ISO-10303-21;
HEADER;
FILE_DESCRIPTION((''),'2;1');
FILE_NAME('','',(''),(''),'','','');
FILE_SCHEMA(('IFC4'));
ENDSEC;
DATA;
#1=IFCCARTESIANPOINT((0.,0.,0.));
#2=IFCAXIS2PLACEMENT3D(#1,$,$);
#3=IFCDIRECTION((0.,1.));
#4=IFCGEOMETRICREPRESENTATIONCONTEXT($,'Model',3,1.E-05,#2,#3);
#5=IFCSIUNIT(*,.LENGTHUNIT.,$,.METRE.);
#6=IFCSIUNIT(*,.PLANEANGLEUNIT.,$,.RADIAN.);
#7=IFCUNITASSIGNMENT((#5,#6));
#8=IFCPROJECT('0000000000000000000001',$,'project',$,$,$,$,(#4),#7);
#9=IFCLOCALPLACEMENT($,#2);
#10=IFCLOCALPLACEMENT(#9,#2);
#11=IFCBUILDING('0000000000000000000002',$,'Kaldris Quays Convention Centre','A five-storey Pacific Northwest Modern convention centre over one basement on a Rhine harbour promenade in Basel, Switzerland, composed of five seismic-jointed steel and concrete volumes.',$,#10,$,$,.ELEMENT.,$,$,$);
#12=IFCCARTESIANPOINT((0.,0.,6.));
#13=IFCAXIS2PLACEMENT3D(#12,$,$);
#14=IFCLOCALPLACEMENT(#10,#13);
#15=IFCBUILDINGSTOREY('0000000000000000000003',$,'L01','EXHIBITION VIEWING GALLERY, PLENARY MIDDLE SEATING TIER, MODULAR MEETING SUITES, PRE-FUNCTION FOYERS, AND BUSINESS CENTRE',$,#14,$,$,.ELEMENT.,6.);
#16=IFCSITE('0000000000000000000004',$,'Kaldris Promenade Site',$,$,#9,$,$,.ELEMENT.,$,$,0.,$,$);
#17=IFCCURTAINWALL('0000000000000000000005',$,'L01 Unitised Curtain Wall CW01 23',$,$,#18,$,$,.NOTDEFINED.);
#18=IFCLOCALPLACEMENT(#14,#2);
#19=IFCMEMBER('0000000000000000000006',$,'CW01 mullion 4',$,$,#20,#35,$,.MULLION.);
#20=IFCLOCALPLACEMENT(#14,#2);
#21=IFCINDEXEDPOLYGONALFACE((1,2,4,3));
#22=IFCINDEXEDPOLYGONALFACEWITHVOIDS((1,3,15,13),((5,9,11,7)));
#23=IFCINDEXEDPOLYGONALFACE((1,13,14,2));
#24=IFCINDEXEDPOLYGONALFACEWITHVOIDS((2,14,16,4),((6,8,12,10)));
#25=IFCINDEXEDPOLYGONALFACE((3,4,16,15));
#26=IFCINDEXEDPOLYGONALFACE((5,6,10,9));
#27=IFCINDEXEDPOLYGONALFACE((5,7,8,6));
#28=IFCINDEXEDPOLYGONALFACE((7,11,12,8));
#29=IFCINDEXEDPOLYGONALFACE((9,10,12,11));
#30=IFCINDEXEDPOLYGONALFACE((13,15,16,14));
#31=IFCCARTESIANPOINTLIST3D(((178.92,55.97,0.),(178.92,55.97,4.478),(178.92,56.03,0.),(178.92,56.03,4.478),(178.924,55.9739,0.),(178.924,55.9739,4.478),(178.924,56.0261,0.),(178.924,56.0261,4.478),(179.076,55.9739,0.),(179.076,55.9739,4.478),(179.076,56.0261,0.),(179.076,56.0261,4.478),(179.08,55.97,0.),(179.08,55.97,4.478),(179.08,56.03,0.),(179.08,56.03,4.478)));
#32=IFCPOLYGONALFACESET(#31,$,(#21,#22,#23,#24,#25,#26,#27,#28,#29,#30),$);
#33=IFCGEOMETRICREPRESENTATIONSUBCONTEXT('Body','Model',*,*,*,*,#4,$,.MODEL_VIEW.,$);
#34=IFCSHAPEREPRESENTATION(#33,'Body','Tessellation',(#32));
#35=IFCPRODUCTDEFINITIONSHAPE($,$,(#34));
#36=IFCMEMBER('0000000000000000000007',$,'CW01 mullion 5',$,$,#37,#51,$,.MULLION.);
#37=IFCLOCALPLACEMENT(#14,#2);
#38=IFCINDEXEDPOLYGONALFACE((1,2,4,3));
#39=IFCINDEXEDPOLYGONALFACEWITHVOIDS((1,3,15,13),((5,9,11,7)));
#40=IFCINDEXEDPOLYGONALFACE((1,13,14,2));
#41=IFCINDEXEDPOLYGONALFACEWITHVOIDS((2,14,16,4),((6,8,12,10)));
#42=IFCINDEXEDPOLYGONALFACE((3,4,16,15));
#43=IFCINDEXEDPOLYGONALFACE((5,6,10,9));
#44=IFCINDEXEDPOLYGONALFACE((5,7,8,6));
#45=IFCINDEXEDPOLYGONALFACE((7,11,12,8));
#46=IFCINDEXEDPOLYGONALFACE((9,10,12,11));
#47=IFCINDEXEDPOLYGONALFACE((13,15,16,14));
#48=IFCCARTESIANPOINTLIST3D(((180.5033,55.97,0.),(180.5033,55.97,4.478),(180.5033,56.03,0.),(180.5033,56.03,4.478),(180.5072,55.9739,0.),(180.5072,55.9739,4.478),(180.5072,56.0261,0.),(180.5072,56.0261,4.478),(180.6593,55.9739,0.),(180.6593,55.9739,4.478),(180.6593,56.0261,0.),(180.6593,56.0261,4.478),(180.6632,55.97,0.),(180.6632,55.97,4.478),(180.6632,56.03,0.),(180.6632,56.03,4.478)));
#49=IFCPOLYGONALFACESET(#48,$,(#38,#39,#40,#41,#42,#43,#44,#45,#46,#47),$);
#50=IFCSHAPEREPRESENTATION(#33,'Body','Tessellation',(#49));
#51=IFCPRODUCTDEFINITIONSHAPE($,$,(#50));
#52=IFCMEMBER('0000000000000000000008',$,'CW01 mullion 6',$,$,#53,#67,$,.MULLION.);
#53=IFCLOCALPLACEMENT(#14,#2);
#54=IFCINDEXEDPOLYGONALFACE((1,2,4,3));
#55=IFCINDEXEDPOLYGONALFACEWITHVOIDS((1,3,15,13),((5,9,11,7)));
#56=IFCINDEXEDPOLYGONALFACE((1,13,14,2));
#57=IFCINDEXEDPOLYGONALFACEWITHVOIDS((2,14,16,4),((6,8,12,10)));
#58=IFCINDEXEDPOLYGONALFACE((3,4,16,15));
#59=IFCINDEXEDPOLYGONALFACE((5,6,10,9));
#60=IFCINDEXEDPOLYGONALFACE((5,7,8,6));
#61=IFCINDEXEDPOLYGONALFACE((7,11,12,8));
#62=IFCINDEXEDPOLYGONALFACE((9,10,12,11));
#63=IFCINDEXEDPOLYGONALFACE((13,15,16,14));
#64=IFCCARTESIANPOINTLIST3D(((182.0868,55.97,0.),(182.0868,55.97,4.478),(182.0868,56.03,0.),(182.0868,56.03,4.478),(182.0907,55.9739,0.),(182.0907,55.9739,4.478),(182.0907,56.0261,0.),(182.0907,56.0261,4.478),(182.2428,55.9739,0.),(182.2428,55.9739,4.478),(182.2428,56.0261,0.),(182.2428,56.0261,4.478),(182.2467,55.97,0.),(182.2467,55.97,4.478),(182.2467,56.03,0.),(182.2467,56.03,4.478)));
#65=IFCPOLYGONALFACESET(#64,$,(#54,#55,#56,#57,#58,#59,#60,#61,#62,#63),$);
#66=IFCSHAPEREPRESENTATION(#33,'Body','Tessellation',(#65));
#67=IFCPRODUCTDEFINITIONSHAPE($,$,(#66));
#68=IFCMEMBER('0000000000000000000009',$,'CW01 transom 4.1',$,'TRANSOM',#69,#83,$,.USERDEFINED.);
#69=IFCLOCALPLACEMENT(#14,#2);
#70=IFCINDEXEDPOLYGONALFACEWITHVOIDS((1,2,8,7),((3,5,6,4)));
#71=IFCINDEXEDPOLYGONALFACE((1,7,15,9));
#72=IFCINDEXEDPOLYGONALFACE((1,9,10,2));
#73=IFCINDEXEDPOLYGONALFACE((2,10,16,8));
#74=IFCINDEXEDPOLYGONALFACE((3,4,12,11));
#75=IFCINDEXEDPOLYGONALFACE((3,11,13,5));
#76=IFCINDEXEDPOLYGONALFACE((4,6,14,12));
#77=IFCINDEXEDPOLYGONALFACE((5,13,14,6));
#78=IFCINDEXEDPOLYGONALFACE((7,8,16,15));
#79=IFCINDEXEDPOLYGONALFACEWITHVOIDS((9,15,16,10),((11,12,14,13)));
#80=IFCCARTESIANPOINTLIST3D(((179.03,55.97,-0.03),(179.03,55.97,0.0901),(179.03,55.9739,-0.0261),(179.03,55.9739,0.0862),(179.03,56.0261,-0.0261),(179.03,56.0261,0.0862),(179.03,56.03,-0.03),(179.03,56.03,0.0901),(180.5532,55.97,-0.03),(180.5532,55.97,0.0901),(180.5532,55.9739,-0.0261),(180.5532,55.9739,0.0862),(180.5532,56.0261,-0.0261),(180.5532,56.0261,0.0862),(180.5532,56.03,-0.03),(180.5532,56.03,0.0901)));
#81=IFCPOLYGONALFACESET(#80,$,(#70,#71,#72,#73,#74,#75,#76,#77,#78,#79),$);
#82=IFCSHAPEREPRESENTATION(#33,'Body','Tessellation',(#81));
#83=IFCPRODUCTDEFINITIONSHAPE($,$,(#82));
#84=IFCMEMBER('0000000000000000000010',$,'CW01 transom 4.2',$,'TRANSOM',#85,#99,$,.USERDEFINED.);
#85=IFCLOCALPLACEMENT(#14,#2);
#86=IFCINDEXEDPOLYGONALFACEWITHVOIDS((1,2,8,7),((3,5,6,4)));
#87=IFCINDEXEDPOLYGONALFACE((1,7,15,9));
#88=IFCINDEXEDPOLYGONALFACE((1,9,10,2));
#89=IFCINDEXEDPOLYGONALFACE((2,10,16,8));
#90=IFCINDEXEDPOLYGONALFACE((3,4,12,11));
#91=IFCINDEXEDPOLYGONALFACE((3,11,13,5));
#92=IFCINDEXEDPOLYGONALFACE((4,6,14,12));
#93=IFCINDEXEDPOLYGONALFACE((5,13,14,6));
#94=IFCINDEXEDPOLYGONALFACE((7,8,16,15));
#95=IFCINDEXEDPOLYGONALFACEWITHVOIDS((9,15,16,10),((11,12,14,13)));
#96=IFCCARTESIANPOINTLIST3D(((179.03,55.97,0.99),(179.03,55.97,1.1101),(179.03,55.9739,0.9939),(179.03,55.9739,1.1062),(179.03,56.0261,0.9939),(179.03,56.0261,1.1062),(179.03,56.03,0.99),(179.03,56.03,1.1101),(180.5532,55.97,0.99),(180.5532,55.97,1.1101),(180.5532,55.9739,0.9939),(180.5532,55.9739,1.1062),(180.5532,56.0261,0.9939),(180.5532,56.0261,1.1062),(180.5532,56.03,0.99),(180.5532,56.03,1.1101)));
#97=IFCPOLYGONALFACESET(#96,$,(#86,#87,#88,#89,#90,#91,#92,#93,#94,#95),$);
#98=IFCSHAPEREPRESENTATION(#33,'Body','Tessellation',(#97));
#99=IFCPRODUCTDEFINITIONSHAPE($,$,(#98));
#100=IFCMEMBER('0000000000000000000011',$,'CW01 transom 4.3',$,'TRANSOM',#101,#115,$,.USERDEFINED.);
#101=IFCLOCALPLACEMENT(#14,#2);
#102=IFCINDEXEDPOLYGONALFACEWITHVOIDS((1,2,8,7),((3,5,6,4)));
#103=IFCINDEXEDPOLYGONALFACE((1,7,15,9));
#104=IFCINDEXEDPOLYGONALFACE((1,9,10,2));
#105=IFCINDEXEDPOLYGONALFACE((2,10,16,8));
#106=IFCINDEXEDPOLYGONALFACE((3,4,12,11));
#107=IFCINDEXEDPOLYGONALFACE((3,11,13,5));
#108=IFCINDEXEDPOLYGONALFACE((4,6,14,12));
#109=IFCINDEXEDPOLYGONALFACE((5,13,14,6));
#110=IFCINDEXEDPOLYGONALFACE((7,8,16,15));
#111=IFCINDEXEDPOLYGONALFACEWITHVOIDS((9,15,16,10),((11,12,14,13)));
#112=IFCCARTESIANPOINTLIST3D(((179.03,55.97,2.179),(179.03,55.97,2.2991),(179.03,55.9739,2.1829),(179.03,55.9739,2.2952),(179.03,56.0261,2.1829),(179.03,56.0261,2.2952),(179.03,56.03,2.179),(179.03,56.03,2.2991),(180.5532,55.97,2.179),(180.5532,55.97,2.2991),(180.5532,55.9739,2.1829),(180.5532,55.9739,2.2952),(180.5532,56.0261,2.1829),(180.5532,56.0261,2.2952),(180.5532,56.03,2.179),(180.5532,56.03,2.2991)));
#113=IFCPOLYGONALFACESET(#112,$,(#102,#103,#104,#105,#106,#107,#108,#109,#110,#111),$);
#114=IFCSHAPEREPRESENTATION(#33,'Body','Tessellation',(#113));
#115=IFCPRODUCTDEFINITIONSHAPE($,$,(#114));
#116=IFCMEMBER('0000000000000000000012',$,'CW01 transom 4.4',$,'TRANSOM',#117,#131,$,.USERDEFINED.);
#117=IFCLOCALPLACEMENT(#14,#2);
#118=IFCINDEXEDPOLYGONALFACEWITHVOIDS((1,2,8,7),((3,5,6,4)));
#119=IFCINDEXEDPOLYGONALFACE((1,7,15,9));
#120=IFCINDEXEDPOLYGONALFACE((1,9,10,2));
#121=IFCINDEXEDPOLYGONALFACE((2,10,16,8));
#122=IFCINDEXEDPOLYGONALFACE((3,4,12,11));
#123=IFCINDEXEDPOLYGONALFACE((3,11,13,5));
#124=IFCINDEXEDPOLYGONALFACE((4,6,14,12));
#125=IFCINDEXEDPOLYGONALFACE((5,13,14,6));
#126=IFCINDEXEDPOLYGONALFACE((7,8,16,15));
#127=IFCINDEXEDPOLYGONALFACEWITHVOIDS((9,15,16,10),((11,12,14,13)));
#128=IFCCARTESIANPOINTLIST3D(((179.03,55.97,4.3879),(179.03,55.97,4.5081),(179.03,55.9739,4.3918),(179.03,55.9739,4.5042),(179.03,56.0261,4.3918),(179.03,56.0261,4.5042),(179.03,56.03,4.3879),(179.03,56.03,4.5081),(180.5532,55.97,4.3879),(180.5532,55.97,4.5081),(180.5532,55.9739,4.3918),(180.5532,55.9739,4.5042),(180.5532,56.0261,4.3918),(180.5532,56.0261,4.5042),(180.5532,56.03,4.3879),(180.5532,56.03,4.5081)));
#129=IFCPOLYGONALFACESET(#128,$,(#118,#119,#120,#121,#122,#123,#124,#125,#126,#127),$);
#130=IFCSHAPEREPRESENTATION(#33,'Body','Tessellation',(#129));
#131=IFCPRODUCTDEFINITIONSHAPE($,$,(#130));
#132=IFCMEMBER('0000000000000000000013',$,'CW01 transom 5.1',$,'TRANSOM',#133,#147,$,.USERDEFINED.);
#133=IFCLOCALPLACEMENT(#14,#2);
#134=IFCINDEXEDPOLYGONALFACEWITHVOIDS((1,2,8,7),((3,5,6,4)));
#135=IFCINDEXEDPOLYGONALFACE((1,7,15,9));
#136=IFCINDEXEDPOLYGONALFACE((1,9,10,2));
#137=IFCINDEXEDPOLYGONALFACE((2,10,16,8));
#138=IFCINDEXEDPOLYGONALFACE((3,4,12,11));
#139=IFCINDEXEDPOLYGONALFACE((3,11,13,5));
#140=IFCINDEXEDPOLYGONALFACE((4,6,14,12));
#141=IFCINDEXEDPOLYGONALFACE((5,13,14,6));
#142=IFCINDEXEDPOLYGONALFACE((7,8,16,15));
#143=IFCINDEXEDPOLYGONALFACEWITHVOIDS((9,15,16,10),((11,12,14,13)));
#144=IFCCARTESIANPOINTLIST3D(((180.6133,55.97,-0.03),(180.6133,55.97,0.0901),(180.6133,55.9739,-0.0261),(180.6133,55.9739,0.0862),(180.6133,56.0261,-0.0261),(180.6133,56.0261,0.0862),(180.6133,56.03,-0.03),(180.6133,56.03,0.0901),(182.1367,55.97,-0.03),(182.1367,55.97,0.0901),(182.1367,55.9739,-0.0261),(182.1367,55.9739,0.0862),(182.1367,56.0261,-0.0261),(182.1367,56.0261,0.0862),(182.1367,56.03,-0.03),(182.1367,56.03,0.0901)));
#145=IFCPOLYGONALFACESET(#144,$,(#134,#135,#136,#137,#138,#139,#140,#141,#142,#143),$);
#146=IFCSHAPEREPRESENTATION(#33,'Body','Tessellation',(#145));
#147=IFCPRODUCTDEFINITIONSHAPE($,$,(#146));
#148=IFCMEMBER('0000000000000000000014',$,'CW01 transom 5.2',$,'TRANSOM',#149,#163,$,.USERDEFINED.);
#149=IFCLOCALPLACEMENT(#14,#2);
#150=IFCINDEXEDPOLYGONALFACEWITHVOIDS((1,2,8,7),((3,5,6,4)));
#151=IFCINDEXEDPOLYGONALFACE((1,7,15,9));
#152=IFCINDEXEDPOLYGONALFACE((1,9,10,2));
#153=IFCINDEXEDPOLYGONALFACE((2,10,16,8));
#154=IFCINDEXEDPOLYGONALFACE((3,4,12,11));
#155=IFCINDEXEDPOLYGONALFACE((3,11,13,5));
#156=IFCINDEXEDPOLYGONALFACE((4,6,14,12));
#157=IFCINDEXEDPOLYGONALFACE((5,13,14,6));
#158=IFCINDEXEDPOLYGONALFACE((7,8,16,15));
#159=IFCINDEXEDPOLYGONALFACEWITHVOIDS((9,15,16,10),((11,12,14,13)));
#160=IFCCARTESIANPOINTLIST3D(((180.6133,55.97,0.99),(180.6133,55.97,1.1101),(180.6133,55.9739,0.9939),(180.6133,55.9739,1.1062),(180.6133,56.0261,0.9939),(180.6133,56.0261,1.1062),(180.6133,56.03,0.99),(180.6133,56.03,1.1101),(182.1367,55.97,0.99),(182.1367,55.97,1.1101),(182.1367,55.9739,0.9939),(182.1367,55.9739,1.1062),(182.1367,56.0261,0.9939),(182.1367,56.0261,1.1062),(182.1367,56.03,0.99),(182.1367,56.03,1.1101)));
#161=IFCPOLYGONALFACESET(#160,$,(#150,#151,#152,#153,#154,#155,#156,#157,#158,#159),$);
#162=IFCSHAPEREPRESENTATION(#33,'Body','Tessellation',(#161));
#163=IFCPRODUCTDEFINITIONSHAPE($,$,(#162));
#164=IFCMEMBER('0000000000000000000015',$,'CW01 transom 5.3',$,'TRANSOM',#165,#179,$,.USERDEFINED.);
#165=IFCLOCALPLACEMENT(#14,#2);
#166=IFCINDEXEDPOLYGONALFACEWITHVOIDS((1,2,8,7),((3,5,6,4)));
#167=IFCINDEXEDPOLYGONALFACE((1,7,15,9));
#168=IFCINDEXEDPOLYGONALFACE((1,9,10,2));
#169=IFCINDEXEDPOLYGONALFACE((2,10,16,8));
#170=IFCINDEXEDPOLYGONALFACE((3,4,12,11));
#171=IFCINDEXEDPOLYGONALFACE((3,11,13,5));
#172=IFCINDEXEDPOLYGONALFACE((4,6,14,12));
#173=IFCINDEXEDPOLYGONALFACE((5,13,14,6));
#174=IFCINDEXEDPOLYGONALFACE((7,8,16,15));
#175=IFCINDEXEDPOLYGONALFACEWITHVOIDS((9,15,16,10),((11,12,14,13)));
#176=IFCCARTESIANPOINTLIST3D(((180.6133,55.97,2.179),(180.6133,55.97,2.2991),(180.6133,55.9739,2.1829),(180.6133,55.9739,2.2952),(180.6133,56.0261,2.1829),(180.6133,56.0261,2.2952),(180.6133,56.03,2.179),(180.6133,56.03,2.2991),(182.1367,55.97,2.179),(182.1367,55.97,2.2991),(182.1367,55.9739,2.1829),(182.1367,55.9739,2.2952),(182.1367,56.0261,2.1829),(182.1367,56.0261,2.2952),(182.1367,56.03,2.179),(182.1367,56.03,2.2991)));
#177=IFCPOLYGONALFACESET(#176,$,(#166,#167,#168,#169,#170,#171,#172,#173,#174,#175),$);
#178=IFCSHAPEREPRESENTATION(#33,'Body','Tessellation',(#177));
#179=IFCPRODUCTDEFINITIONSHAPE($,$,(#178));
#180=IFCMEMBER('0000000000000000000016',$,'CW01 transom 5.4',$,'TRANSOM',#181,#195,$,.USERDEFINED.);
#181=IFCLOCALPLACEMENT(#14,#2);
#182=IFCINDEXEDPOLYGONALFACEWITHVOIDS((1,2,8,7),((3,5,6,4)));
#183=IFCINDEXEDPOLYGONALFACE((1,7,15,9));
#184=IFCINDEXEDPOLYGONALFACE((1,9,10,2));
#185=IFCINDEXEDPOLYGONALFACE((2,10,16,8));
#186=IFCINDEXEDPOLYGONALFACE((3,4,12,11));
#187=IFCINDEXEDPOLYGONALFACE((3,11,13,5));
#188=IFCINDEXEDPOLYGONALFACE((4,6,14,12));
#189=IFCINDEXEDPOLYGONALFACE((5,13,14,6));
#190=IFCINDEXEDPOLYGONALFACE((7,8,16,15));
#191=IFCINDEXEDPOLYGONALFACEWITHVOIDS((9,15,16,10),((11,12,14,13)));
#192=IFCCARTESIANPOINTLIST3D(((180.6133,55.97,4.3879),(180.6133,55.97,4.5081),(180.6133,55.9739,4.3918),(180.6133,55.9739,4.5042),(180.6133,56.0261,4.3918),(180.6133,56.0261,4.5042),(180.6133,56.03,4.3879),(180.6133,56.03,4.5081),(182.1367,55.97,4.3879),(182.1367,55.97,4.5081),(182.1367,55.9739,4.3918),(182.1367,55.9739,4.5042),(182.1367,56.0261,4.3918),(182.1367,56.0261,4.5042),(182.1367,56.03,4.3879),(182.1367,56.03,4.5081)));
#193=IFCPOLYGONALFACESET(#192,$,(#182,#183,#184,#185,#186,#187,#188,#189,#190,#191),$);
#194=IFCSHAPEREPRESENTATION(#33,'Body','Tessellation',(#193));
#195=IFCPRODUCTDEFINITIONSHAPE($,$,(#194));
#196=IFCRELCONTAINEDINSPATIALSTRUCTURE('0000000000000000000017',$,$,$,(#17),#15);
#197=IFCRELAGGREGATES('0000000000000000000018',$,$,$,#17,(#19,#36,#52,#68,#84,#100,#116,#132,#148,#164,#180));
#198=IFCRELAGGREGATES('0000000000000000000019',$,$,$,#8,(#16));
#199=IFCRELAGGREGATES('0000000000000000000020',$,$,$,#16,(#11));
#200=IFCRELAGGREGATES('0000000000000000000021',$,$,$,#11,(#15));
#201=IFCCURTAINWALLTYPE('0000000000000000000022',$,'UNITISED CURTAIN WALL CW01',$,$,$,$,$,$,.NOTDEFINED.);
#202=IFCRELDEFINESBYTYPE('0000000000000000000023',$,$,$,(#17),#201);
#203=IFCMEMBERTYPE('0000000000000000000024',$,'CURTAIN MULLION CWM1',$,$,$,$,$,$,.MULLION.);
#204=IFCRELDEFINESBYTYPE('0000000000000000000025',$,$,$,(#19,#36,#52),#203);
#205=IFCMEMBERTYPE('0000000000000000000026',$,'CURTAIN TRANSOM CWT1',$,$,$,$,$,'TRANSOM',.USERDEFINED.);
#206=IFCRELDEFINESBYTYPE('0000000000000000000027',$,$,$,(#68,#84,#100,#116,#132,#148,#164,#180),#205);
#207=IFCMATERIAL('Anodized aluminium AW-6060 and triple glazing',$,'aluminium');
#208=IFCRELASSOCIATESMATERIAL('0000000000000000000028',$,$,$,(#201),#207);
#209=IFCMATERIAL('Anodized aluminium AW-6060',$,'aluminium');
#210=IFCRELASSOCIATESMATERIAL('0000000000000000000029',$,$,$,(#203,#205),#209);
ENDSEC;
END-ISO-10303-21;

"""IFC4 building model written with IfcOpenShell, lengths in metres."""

from ifc_helpers import new_model, si_unit, direction, frame, origin, origin_2d, place, context, subcontext, project, spatial, hollow_rectangle, extrude, material, material_profile, profile_set, type_object, element, aggregate, save


model = new_model("IFC4")

# Units and contexts
model_context = context("Model", 3, precision=1e-05, world=origin(), true_north=direction((0.0, 1.0)))
body_context = subcontext(model_context, "Body", "Model", "MODEL_VIEW")
ifc_project = project(units=[si_unit("LENGTHUNIT", "METRE"), si_unit("PLANEANGLEUNIT", "RADIAN")], contexts=[model_context])

# Site, building, storey
site_placement = place(None, origin())
site = spatial("IfcSite", under=ifc_project, at=site_placement, Name="Kaldris Promenade Site", CompositionType="ELEMENT", RefElevation=0.0)
building_placement = place(site_placement, origin())
building = spatial("IfcBuilding", under=site, at=building_placement, Name="Kaldris Quays Convention Centre", Description="A five-storey Pacific Northwest Modern convention centre over one basement on a Rhine harbour promenade in Basel, Switzerland, composed of five seismic-jointed steel and concrete volumes.", CompositionType="ELEMENT")
storey_placement = place(building_placement, frame((0.0, 0.0, 6.0)))
storey = spatial("IfcBuildingStorey", under=building, at=storey_placement, Name="L01", Description="EXHIBITION VIEWING GALLERY, PLENARY MIDDLE SEATING TIER, MODULAR MEETING SUITES, PRE-FUNCTION FOYERS, AND BUSINESS CENTRE", CompositionType="ELEMENT", Elevation=6.0)

# Curtain wall, members
ifc_material_1 = material(Name="Anodized aluminium AW-6060 and triple glazing", Category="aluminium")
curtain_wall_type = type_object("IfcCurtainWallType", Name="UNITISED CURTAIN WALL CW01", PredefinedType="NOTDEFINED", material=ifc_material_1)
curtain_wall_placement = place(storey_placement, origin())
curtain_wall = element("IfcCurtainWall", 1, at=curtain_wall_placement, inside=storey, type_object=curtain_wall_type, Name="L01 Unitised Curtain Wall CW01 23", PredefinedType="NOTDEFINED")
ifc_material_2 = material(Name="Anodized aluminium AW-6060", Category="aluminium")
ifc_material_profile_1 = material_profile(ifc_material_2, hollow_rectangle(XDim=0.0601, YDim=0.1599, WallThickness=0.0039, at=origin_2d()), Name="RHS 160x60x4")
ifc_profile_set_1 = profile_set([ifc_material_profile_1], Name="Anodized aluminium AW-6060")
member_type_1 = type_object("IfcMemberType", Name="CURTAIN MULLION CWM1", PredefinedType="MULLION", material=ifc_profile_set_1)
member_1_placement = place(storey_placement, frame((179.0, 56.0, 0.0), z_axis=(0.0, 0.0, 1.0), x_axis=(0.0, 1.0, 0.0)))
member_1 = element("IfcMember", 2, at=member_1_placement, type_object=member_type_1, Name="CW01 mullion 4", PredefinedType="MULLION", context=body_context, shape_type="SweptSolid", body=[
    extrude(hollow_rectangle(XDim=0.0601, YDim=0.1599, WallThickness=0.0039, at=origin_2d()), origin(), (0.0, 0.0, 1.0), 4.478),
])
member_2_placement = place(storey_placement, frame((180.5833, 56.0, 0.0), z_axis=(0.0, 0.0, 1.0), x_axis=(0.0, 1.0, 0.0)))
member_2 = element("IfcMember", 3, at=member_2_placement, type_object=member_type_1, Name="CW01 mullion 5", PredefinedType="MULLION", context=body_context, shape_type="SweptSolid", body=[
    extrude(hollow_rectangle(XDim=0.0601, YDim=0.1599, WallThickness=0.0039, at=origin_2d()), origin(), (0.0, 0.0, 1.0), 4.478),
])
member_3_placement = place(storey_placement, frame((182.1667, 56.0, 0.0), z_axis=(0.0, 0.0, 1.0), x_axis=(0.0, 1.0, 0.0)))
member_3 = element("IfcMember", 4, at=member_3_placement, type_object=member_type_1, Name="CW01 mullion 6", PredefinedType="MULLION", context=body_context, shape_type="SweptSolid", body=[
    extrude(hollow_rectangle(XDim=0.0601, YDim=0.1599, WallThickness=0.0039, at=origin_2d()), origin(), (0.0, 0.0, 1.0), 4.478),
])
ifc_material_profile_2 = material_profile(ifc_material_2, hollow_rectangle(XDim=0.0601, YDim=0.1201, WallThickness=0.0039, at=origin_2d()), Name="RHS 120x60x4")
ifc_profile_set_2 = profile_set([ifc_material_profile_2], Name="Anodized aluminium AW-6060")
member_type_2 = type_object("IfcMemberType", Name="CURTAIN TRANSOM CWT1", ElementType="TRANSOM", PredefinedType="USERDEFINED", material=ifc_profile_set_2)
member_4_placement = place(storey_placement, frame((179.03, 56.0, 0.03), z_axis=(1.0, 0.0, 0.0), x_axis=(0.0, 1.0, 0.0)))
member_4 = element("IfcMember", 5, at=member_4_placement, type_object=member_type_2, Name="CW01 transom 4.1", ObjectType="TRANSOM", PredefinedType="USERDEFINED", context=body_context, shape_type="SweptSolid", body=[
    extrude(hollow_rectangle(XDim=0.0601, YDim=0.1201, WallThickness=0.0039, at=origin_2d()), origin(), (0.0, 0.0, 1.0), 1.5232),
])
member_5_placement = place(storey_placement, frame((179.03, 56.0, 1.05), z_axis=(1.0, 0.0, 0.0), x_axis=(0.0, 1.0, 0.0)))
member_5 = element("IfcMember", 6, at=member_5_placement, type_object=member_type_2, Name="CW01 transom 4.2", ObjectType="TRANSOM", PredefinedType="USERDEFINED", context=body_context, shape_type="SweptSolid", body=[
    extrude(hollow_rectangle(XDim=0.0601, YDim=0.1201, WallThickness=0.0039, at=origin_2d()), origin(), (0.0, 0.0, 1.0), 1.5232),
])
member_6_placement = place(storey_placement, frame((179.03, 56.0, 2.239), z_axis=(1.0, 0.0, 0.0), x_axis=(0.0, 1.0, 0.0)))
member_6 = element("IfcMember", 7, at=member_6_placement, type_object=member_type_2, Name="CW01 transom 4.3", ObjectType="TRANSOM", PredefinedType="USERDEFINED", context=body_context, shape_type="SweptSolid", body=[
    extrude(hollow_rectangle(XDim=0.0601, YDim=0.1201, WallThickness=0.0039, at=origin_2d()), origin(), (0.0, 0.0, 1.0), 1.5232),
])
member_7_placement = place(storey_placement, frame((179.03, 56.0, 4.448), z_axis=(1.0, 0.0, 0.0), x_axis=(0.0, 1.0, 0.0)))
member_7 = element("IfcMember", 8, at=member_7_placement, type_object=member_type_2, Name="CW01 transom 4.4", ObjectType="TRANSOM", PredefinedType="USERDEFINED", context=body_context, shape_type="SweptSolid", body=[
    extrude(hollow_rectangle(XDim=0.0601, YDim=0.1201, WallThickness=0.0039, at=origin_2d()), origin(), (0.0, 0.0, 1.0), 1.5232),
])
member_8_placement = place(storey_placement, frame((180.6133, 56.0, 0.03), z_axis=(1.0, 0.0, 0.0), x_axis=(0.0, 1.0, 0.0)))
member_8 = element("IfcMember", 9, at=member_8_placement, type_object=member_type_2, Name="CW01 transom 5.1", ObjectType="TRANSOM", PredefinedType="USERDEFINED", context=body_context, shape_type="SweptSolid", body=[
    extrude(hollow_rectangle(XDim=0.0601, YDim=0.1201, WallThickness=0.0039, at=origin_2d()), origin(), (0.0, 0.0, 1.0), 1.5234),
])
member_9_placement = place(storey_placement, frame((180.6133, 56.0, 1.05), z_axis=(1.0, 0.0, 0.0), x_axis=(0.0, 1.0, 0.0)))
member_9 = element("IfcMember", 10, at=member_9_placement, type_object=member_type_2, Name="CW01 transom 5.2", ObjectType="TRANSOM", PredefinedType="USERDEFINED", context=body_context, shape_type="SweptSolid", body=[
    extrude(hollow_rectangle(XDim=0.0601, YDim=0.1201, WallThickness=0.0039, at=origin_2d()), origin(), (0.0, 0.0, 1.0), 1.5234),
])
member_10_placement = place(storey_placement, frame((180.6133, 56.0, 2.239), z_axis=(1.0, 0.0, 0.0), x_axis=(0.0, 1.0, 0.0)))
member_10 = element("IfcMember", 11, at=member_10_placement, type_object=member_type_2, Name="CW01 transom 5.3", ObjectType="TRANSOM", PredefinedType="USERDEFINED", context=body_context, shape_type="SweptSolid", body=[
    extrude(hollow_rectangle(XDim=0.0601, YDim=0.1201, WallThickness=0.0039, at=origin_2d()), origin(), (0.0, 0.0, 1.0), 1.5234),
])
member_11_placement = place(storey_placement, frame((180.6133, 56.0, 4.448), z_axis=(1.0, 0.0, 0.0), x_axis=(0.0, 1.0, 0.0)))
member_11 = element("IfcMember", 12, at=member_11_placement, type_object=member_type_2, Name="CW01 transom 5.4", ObjectType="TRANSOM", PredefinedType="USERDEFINED", context=body_context, shape_type="SweptSolid", body=[
    extrude(hollow_rectangle(XDim=0.0601, YDim=0.1201, WallThickness=0.0039, at=origin_2d()), origin(), (0.0, 0.0, 1.0), 1.5234),
])
aggregate(curtain_wall, [member_1, member_2, member_3, member_4, member_5, member_6, member_7, member_8, member_9, member_10, member_11])

save(model, "model.ifc")
